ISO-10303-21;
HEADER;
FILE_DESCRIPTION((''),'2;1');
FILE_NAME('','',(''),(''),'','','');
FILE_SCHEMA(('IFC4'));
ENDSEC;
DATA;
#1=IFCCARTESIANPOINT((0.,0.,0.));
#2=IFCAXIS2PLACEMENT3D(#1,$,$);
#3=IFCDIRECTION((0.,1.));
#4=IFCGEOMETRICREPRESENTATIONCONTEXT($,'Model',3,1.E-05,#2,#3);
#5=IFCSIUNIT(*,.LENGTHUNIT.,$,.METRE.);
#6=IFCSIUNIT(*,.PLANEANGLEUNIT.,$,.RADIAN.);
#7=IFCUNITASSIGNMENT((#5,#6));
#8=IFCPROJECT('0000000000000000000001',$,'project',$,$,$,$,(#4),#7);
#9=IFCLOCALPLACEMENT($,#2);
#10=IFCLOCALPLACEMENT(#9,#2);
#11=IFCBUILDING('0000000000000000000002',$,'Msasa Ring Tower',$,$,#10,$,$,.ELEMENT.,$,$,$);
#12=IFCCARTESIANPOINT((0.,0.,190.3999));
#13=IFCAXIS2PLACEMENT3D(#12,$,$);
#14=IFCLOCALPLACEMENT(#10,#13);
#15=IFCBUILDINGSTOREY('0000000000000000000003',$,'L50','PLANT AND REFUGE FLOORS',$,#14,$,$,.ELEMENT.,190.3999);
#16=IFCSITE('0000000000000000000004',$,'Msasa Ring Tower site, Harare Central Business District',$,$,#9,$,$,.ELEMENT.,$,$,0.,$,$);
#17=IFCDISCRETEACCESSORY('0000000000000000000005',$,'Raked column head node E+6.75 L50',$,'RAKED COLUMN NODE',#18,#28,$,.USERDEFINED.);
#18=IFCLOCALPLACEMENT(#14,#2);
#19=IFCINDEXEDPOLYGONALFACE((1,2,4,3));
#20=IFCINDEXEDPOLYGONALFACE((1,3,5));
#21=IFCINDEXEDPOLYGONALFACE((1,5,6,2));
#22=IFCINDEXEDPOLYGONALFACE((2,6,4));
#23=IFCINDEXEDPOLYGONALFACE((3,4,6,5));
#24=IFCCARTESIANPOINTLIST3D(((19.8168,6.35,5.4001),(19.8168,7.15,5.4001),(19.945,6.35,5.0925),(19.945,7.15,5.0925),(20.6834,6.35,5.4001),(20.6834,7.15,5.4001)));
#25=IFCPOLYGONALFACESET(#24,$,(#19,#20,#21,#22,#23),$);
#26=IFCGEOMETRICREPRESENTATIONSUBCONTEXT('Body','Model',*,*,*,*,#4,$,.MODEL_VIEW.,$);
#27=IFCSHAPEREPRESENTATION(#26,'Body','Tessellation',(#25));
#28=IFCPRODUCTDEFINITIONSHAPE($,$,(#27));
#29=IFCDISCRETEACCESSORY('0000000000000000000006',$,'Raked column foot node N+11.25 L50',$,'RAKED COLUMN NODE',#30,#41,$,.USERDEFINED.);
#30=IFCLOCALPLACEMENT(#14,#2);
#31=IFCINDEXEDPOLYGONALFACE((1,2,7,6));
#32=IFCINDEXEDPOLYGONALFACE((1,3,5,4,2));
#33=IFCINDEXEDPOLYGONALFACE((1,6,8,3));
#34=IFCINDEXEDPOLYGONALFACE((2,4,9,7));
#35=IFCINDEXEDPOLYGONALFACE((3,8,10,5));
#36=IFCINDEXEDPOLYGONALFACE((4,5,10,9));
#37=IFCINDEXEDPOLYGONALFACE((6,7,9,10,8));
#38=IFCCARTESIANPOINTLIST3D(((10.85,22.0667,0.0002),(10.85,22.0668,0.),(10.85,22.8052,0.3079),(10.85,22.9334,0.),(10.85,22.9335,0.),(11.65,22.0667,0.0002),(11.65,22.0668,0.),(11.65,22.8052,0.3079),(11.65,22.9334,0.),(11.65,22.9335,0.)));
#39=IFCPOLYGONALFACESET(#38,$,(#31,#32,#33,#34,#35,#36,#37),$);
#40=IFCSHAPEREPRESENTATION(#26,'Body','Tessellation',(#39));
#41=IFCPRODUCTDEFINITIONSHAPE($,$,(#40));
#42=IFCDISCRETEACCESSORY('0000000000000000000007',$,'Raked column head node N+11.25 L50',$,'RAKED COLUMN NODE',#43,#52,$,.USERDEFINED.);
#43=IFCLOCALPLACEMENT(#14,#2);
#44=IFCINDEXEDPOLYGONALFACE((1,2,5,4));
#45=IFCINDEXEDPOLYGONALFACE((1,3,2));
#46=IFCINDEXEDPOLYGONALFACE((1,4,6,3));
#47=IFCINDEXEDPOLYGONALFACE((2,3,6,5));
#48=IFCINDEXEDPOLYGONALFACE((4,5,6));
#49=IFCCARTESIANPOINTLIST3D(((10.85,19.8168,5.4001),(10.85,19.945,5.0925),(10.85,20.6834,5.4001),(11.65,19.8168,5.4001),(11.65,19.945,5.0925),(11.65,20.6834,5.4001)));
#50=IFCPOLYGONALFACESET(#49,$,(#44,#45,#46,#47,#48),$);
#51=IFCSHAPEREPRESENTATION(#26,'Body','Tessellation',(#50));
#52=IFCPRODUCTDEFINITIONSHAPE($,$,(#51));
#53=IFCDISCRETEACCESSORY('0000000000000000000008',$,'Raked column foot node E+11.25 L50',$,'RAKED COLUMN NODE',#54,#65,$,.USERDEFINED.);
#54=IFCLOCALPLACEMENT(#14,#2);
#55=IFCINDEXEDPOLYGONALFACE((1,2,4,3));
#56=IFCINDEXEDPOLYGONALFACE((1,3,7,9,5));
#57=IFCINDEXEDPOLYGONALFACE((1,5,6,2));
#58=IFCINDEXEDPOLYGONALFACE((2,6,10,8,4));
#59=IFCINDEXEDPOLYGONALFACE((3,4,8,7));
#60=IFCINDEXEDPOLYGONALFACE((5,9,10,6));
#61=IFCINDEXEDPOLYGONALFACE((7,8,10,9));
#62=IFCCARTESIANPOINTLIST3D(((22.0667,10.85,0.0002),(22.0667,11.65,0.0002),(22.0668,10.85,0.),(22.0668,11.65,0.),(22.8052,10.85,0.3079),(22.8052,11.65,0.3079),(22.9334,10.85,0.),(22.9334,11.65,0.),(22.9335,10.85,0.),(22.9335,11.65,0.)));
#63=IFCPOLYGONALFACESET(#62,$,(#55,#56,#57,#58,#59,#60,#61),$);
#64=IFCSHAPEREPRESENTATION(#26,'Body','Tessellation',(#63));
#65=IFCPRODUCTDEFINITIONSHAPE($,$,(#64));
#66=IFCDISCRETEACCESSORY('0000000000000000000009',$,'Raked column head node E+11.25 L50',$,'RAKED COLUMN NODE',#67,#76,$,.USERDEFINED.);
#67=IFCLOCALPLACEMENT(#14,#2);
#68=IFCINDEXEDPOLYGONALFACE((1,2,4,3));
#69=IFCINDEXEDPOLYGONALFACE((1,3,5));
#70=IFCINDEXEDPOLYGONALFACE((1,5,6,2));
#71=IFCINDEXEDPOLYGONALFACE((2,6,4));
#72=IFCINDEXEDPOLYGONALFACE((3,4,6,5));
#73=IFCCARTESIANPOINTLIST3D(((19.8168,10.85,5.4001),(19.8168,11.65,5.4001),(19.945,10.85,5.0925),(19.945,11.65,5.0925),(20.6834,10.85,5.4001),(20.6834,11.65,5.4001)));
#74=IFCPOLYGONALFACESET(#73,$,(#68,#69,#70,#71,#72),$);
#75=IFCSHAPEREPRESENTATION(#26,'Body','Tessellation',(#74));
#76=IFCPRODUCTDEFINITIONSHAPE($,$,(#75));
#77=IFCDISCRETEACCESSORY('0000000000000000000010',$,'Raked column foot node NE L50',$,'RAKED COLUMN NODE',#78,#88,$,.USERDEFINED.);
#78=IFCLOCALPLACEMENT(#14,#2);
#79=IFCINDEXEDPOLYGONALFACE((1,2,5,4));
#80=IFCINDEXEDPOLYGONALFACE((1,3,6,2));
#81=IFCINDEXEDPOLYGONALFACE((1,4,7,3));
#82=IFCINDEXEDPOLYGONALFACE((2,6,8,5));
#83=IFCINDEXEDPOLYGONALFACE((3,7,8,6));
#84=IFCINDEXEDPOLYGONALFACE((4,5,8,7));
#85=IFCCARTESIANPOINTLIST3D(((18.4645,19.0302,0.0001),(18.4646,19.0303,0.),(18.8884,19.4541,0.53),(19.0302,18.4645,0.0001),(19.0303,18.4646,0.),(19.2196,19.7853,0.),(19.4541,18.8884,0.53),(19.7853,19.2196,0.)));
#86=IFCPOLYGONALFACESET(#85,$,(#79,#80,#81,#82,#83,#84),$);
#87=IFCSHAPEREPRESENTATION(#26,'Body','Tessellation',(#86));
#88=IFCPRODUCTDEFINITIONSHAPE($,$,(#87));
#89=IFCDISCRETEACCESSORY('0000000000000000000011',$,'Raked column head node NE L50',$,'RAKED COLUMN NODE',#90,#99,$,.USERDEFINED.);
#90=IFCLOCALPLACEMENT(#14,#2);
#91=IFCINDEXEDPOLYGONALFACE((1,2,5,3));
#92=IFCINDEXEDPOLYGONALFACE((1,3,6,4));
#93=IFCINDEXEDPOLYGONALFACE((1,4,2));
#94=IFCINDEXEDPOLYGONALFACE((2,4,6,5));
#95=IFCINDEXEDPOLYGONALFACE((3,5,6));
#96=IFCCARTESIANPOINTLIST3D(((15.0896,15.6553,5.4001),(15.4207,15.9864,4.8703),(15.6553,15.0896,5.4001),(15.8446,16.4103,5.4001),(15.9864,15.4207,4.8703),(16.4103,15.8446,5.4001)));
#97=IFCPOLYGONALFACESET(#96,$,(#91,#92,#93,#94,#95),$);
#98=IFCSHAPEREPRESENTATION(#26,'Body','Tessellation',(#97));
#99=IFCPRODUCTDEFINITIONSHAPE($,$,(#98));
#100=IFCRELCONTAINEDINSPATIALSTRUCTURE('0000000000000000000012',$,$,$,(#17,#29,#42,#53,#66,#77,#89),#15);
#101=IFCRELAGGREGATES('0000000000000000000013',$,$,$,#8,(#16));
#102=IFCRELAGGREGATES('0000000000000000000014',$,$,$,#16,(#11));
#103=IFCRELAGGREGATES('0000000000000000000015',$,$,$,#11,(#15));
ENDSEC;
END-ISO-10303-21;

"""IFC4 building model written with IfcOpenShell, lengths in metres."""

from ifc_helpers import new_model, si_unit, direction, frame, origin, origin_2d, place, context, subcontext, project, spatial, rectangle, extrude, clip, halfspace, element, save


model = new_model("IFC4")

# Units and contexts
model_context = context("Model", 3, precision=1e-05, world=origin(), true_north=direction((0.0, 1.0)))
body_context = subcontext(model_context, "Body", "Model", "MODEL_VIEW")
ifc_project = project(units=[si_unit("LENGTHUNIT", "METRE"), si_unit("PLANEANGLEUNIT", "RADIAN")], contexts=[model_context])

# Site, building, storey
site_placement = place(None, origin())
site = spatial("IfcSite", under=ifc_project, at=site_placement, Name="Msasa Ring Tower site, Harare Central Business District", CompositionType="ELEMENT", RefElevation=0.0)
building_placement = place(site_placement, origin())
building = spatial("IfcBuilding", under=site, at=building_placement, Name="Msasa Ring Tower", CompositionType="ELEMENT")
storey_placement = place(building_placement, frame((0.0, 0.0, 190.3999)))
storey = spatial("IfcBuildingStorey", under=building, at=storey_placement, Name="L50", Description="PLANT AND REFUGE FLOORS", CompositionType="ELEMENT", Elevation=190.3999)

# Discrete accessories
discrete_accessory_1_placement = place(storey_placement, frame((20.25, 6.75, 5.4001)))
element("IfcDiscreteAccessory", 1, at=discrete_accessory_1_placement, inside=storey, Name="Raked column head node E+6.75 L50", ObjectType="RAKED COLUMN NODE", PredefinedType="USERDEFINED", context=body_context, shape_type="Clipping", body=[
    clip(extrude(rectangle(XDim=0.8, YDim=0.8, at=origin_2d()), frame((0.0642, 0.0, -0.1538), z_axis=(-0.384615, 0.0, 0.923077), x_axis=(0.0, -1.0, 0.0)), (0.0, 0.0, 1.0), 0.3335), halfspace(frame((0.0, 0.0, 0.0), z_axis=(0.0, 0.0, -1.0)), True)),
])
discrete_accessory_2_placement = place(storey_placement, frame((11.25, 22.5, 0.0)))
element("IfcDiscreteAccessory", 2, at=discrete_accessory_2_placement, inside=storey, Name="Raked column foot node N+11.25 L50", ObjectType="RAKED COLUMN NODE", PredefinedType="USERDEFINED", context=body_context, shape_type="Clipping", body=[
    clip(extrude(rectangle(XDim=0.8, YDim=0.8, at=origin_2d()), frame((0.0, 0.0642, -0.1538), z_axis=(0.0, -0.384615, 0.923077), x_axis=(0.0, 0.923077, 0.384615)), (0.0, 0.0, 1.0), 0.3335), halfspace(frame((0.0, 0.0, 0.0), z_axis=(0.0, 0.0, 1.0)), True)),
])
discrete_accessory_3_placement = place(storey_placement, frame((11.25, 20.25, 5.4001)))
element("IfcDiscreteAccessory", 3, at=discrete_accessory_3_placement, inside=storey, Name="Raked column head node N+11.25 L50", ObjectType="RAKED COLUMN NODE", PredefinedType="USERDEFINED", context=body_context, shape_type="Clipping", body=[
    clip(extrude(rectangle(XDim=0.8, YDim=0.8, at=origin_2d()), frame((0.0, 0.0642, -0.1538), z_axis=(0.0, -0.384615, 0.923077), x_axis=(0.0, 0.923077, 0.384615)), (0.0, 0.0, 1.0), 0.3335), halfspace(frame((0.0, 0.0, 0.0), z_axis=(0.0, 0.0, -1.0)), True)),
])
discrete_accessory_4_placement = place(storey_placement, frame((22.5, 11.25, 0.0)))
element("IfcDiscreteAccessory", 4, at=discrete_accessory_4_placement, inside=storey, Name="Raked column foot node E+11.25 L50", ObjectType="RAKED COLUMN NODE", PredefinedType="USERDEFINED", context=body_context, shape_type="Clipping", body=[
    clip(extrude(rectangle(XDim=0.8, YDim=0.8, at=origin_2d()), frame((0.0642, 0.0, -0.1538), z_axis=(-0.384615, 0.0, 0.923077), x_axis=(0.0, -1.0, 0.0)), (0.0, 0.0, 1.0), 0.3335), halfspace(frame((0.0, 0.0, 0.0), z_axis=(0.0, 0.0, 1.0)), True)),
])
discrete_accessory_5_placement = place(storey_placement, frame((20.25, 11.25, 5.4001)))
element("IfcDiscreteAccessory", 5, at=discrete_accessory_5_placement, inside=storey, Name="Raked column head node E+11.25 L50", ObjectType="RAKED COLUMN NODE", PredefinedType="USERDEFINED", context=body_context, shape_type="Clipping", body=[
    clip(extrude(rectangle(XDim=0.8, YDim=0.8, at=origin_2d()), frame((0.0642, 0.0, -0.1538), z_axis=(-0.384615, 0.0, 0.923077), x_axis=(0.0, -1.0, 0.0)), (0.0, 0.0, 1.0), 0.3335), halfspace(frame((0.0, 0.0, 0.0), z_axis=(0.0, 0.0, -1.0)), True)),
])
discrete_accessory_6_placement = place(storey_placement, frame((19.125, 19.125, 0.0)))
element("IfcDiscreteAccessory", 6, at=discrete_accessory_6_placement, inside=storey, Name="Raked column foot node NE L50", ObjectType="RAKED COLUMN NODE", PredefinedType="USERDEFINED", context=body_context, shape_type="Clipping", body=[
    clip(extrude(rectangle(XDim=0.8, YDim=0.8, at=origin_2d()), frame((0.1655, 0.1655, -0.2649), z_axis=(-0.468293, -0.468293, 0.749269), x_axis=(0.707107, -0.707107, 0.0)), (0.0, 0.0, 1.0), 0.7073), halfspace(frame((0.0, 0.0, 0.0), z_axis=(0.0, 0.0, 1.0)), True)),
])
discrete_accessory_7_placement = place(storey_placement, frame((15.75, 15.75, 5.4001)))
element("IfcDiscreteAccessory", 7, at=discrete_accessory_7_placement, inside=storey, Name="Raked column head node NE L50", ObjectType="RAKED COLUMN NODE", PredefinedType="USERDEFINED", context=body_context, shape_type="Clipping", body=[
    clip(extrude(rectangle(XDim=0.8, YDim=0.8, at=origin_2d()), frame((0.1655, 0.1655, -0.2649), z_axis=(-0.468293, -0.468293, 0.749269), x_axis=(0.707107, -0.707107, 0.0)), (0.0, 0.0, 1.0), 0.7073), halfspace(frame((0.0, 0.0, 0.0), z_axis=(0.0, 0.0, -1.0)), True)),
])

save(model, "model.ifc")
